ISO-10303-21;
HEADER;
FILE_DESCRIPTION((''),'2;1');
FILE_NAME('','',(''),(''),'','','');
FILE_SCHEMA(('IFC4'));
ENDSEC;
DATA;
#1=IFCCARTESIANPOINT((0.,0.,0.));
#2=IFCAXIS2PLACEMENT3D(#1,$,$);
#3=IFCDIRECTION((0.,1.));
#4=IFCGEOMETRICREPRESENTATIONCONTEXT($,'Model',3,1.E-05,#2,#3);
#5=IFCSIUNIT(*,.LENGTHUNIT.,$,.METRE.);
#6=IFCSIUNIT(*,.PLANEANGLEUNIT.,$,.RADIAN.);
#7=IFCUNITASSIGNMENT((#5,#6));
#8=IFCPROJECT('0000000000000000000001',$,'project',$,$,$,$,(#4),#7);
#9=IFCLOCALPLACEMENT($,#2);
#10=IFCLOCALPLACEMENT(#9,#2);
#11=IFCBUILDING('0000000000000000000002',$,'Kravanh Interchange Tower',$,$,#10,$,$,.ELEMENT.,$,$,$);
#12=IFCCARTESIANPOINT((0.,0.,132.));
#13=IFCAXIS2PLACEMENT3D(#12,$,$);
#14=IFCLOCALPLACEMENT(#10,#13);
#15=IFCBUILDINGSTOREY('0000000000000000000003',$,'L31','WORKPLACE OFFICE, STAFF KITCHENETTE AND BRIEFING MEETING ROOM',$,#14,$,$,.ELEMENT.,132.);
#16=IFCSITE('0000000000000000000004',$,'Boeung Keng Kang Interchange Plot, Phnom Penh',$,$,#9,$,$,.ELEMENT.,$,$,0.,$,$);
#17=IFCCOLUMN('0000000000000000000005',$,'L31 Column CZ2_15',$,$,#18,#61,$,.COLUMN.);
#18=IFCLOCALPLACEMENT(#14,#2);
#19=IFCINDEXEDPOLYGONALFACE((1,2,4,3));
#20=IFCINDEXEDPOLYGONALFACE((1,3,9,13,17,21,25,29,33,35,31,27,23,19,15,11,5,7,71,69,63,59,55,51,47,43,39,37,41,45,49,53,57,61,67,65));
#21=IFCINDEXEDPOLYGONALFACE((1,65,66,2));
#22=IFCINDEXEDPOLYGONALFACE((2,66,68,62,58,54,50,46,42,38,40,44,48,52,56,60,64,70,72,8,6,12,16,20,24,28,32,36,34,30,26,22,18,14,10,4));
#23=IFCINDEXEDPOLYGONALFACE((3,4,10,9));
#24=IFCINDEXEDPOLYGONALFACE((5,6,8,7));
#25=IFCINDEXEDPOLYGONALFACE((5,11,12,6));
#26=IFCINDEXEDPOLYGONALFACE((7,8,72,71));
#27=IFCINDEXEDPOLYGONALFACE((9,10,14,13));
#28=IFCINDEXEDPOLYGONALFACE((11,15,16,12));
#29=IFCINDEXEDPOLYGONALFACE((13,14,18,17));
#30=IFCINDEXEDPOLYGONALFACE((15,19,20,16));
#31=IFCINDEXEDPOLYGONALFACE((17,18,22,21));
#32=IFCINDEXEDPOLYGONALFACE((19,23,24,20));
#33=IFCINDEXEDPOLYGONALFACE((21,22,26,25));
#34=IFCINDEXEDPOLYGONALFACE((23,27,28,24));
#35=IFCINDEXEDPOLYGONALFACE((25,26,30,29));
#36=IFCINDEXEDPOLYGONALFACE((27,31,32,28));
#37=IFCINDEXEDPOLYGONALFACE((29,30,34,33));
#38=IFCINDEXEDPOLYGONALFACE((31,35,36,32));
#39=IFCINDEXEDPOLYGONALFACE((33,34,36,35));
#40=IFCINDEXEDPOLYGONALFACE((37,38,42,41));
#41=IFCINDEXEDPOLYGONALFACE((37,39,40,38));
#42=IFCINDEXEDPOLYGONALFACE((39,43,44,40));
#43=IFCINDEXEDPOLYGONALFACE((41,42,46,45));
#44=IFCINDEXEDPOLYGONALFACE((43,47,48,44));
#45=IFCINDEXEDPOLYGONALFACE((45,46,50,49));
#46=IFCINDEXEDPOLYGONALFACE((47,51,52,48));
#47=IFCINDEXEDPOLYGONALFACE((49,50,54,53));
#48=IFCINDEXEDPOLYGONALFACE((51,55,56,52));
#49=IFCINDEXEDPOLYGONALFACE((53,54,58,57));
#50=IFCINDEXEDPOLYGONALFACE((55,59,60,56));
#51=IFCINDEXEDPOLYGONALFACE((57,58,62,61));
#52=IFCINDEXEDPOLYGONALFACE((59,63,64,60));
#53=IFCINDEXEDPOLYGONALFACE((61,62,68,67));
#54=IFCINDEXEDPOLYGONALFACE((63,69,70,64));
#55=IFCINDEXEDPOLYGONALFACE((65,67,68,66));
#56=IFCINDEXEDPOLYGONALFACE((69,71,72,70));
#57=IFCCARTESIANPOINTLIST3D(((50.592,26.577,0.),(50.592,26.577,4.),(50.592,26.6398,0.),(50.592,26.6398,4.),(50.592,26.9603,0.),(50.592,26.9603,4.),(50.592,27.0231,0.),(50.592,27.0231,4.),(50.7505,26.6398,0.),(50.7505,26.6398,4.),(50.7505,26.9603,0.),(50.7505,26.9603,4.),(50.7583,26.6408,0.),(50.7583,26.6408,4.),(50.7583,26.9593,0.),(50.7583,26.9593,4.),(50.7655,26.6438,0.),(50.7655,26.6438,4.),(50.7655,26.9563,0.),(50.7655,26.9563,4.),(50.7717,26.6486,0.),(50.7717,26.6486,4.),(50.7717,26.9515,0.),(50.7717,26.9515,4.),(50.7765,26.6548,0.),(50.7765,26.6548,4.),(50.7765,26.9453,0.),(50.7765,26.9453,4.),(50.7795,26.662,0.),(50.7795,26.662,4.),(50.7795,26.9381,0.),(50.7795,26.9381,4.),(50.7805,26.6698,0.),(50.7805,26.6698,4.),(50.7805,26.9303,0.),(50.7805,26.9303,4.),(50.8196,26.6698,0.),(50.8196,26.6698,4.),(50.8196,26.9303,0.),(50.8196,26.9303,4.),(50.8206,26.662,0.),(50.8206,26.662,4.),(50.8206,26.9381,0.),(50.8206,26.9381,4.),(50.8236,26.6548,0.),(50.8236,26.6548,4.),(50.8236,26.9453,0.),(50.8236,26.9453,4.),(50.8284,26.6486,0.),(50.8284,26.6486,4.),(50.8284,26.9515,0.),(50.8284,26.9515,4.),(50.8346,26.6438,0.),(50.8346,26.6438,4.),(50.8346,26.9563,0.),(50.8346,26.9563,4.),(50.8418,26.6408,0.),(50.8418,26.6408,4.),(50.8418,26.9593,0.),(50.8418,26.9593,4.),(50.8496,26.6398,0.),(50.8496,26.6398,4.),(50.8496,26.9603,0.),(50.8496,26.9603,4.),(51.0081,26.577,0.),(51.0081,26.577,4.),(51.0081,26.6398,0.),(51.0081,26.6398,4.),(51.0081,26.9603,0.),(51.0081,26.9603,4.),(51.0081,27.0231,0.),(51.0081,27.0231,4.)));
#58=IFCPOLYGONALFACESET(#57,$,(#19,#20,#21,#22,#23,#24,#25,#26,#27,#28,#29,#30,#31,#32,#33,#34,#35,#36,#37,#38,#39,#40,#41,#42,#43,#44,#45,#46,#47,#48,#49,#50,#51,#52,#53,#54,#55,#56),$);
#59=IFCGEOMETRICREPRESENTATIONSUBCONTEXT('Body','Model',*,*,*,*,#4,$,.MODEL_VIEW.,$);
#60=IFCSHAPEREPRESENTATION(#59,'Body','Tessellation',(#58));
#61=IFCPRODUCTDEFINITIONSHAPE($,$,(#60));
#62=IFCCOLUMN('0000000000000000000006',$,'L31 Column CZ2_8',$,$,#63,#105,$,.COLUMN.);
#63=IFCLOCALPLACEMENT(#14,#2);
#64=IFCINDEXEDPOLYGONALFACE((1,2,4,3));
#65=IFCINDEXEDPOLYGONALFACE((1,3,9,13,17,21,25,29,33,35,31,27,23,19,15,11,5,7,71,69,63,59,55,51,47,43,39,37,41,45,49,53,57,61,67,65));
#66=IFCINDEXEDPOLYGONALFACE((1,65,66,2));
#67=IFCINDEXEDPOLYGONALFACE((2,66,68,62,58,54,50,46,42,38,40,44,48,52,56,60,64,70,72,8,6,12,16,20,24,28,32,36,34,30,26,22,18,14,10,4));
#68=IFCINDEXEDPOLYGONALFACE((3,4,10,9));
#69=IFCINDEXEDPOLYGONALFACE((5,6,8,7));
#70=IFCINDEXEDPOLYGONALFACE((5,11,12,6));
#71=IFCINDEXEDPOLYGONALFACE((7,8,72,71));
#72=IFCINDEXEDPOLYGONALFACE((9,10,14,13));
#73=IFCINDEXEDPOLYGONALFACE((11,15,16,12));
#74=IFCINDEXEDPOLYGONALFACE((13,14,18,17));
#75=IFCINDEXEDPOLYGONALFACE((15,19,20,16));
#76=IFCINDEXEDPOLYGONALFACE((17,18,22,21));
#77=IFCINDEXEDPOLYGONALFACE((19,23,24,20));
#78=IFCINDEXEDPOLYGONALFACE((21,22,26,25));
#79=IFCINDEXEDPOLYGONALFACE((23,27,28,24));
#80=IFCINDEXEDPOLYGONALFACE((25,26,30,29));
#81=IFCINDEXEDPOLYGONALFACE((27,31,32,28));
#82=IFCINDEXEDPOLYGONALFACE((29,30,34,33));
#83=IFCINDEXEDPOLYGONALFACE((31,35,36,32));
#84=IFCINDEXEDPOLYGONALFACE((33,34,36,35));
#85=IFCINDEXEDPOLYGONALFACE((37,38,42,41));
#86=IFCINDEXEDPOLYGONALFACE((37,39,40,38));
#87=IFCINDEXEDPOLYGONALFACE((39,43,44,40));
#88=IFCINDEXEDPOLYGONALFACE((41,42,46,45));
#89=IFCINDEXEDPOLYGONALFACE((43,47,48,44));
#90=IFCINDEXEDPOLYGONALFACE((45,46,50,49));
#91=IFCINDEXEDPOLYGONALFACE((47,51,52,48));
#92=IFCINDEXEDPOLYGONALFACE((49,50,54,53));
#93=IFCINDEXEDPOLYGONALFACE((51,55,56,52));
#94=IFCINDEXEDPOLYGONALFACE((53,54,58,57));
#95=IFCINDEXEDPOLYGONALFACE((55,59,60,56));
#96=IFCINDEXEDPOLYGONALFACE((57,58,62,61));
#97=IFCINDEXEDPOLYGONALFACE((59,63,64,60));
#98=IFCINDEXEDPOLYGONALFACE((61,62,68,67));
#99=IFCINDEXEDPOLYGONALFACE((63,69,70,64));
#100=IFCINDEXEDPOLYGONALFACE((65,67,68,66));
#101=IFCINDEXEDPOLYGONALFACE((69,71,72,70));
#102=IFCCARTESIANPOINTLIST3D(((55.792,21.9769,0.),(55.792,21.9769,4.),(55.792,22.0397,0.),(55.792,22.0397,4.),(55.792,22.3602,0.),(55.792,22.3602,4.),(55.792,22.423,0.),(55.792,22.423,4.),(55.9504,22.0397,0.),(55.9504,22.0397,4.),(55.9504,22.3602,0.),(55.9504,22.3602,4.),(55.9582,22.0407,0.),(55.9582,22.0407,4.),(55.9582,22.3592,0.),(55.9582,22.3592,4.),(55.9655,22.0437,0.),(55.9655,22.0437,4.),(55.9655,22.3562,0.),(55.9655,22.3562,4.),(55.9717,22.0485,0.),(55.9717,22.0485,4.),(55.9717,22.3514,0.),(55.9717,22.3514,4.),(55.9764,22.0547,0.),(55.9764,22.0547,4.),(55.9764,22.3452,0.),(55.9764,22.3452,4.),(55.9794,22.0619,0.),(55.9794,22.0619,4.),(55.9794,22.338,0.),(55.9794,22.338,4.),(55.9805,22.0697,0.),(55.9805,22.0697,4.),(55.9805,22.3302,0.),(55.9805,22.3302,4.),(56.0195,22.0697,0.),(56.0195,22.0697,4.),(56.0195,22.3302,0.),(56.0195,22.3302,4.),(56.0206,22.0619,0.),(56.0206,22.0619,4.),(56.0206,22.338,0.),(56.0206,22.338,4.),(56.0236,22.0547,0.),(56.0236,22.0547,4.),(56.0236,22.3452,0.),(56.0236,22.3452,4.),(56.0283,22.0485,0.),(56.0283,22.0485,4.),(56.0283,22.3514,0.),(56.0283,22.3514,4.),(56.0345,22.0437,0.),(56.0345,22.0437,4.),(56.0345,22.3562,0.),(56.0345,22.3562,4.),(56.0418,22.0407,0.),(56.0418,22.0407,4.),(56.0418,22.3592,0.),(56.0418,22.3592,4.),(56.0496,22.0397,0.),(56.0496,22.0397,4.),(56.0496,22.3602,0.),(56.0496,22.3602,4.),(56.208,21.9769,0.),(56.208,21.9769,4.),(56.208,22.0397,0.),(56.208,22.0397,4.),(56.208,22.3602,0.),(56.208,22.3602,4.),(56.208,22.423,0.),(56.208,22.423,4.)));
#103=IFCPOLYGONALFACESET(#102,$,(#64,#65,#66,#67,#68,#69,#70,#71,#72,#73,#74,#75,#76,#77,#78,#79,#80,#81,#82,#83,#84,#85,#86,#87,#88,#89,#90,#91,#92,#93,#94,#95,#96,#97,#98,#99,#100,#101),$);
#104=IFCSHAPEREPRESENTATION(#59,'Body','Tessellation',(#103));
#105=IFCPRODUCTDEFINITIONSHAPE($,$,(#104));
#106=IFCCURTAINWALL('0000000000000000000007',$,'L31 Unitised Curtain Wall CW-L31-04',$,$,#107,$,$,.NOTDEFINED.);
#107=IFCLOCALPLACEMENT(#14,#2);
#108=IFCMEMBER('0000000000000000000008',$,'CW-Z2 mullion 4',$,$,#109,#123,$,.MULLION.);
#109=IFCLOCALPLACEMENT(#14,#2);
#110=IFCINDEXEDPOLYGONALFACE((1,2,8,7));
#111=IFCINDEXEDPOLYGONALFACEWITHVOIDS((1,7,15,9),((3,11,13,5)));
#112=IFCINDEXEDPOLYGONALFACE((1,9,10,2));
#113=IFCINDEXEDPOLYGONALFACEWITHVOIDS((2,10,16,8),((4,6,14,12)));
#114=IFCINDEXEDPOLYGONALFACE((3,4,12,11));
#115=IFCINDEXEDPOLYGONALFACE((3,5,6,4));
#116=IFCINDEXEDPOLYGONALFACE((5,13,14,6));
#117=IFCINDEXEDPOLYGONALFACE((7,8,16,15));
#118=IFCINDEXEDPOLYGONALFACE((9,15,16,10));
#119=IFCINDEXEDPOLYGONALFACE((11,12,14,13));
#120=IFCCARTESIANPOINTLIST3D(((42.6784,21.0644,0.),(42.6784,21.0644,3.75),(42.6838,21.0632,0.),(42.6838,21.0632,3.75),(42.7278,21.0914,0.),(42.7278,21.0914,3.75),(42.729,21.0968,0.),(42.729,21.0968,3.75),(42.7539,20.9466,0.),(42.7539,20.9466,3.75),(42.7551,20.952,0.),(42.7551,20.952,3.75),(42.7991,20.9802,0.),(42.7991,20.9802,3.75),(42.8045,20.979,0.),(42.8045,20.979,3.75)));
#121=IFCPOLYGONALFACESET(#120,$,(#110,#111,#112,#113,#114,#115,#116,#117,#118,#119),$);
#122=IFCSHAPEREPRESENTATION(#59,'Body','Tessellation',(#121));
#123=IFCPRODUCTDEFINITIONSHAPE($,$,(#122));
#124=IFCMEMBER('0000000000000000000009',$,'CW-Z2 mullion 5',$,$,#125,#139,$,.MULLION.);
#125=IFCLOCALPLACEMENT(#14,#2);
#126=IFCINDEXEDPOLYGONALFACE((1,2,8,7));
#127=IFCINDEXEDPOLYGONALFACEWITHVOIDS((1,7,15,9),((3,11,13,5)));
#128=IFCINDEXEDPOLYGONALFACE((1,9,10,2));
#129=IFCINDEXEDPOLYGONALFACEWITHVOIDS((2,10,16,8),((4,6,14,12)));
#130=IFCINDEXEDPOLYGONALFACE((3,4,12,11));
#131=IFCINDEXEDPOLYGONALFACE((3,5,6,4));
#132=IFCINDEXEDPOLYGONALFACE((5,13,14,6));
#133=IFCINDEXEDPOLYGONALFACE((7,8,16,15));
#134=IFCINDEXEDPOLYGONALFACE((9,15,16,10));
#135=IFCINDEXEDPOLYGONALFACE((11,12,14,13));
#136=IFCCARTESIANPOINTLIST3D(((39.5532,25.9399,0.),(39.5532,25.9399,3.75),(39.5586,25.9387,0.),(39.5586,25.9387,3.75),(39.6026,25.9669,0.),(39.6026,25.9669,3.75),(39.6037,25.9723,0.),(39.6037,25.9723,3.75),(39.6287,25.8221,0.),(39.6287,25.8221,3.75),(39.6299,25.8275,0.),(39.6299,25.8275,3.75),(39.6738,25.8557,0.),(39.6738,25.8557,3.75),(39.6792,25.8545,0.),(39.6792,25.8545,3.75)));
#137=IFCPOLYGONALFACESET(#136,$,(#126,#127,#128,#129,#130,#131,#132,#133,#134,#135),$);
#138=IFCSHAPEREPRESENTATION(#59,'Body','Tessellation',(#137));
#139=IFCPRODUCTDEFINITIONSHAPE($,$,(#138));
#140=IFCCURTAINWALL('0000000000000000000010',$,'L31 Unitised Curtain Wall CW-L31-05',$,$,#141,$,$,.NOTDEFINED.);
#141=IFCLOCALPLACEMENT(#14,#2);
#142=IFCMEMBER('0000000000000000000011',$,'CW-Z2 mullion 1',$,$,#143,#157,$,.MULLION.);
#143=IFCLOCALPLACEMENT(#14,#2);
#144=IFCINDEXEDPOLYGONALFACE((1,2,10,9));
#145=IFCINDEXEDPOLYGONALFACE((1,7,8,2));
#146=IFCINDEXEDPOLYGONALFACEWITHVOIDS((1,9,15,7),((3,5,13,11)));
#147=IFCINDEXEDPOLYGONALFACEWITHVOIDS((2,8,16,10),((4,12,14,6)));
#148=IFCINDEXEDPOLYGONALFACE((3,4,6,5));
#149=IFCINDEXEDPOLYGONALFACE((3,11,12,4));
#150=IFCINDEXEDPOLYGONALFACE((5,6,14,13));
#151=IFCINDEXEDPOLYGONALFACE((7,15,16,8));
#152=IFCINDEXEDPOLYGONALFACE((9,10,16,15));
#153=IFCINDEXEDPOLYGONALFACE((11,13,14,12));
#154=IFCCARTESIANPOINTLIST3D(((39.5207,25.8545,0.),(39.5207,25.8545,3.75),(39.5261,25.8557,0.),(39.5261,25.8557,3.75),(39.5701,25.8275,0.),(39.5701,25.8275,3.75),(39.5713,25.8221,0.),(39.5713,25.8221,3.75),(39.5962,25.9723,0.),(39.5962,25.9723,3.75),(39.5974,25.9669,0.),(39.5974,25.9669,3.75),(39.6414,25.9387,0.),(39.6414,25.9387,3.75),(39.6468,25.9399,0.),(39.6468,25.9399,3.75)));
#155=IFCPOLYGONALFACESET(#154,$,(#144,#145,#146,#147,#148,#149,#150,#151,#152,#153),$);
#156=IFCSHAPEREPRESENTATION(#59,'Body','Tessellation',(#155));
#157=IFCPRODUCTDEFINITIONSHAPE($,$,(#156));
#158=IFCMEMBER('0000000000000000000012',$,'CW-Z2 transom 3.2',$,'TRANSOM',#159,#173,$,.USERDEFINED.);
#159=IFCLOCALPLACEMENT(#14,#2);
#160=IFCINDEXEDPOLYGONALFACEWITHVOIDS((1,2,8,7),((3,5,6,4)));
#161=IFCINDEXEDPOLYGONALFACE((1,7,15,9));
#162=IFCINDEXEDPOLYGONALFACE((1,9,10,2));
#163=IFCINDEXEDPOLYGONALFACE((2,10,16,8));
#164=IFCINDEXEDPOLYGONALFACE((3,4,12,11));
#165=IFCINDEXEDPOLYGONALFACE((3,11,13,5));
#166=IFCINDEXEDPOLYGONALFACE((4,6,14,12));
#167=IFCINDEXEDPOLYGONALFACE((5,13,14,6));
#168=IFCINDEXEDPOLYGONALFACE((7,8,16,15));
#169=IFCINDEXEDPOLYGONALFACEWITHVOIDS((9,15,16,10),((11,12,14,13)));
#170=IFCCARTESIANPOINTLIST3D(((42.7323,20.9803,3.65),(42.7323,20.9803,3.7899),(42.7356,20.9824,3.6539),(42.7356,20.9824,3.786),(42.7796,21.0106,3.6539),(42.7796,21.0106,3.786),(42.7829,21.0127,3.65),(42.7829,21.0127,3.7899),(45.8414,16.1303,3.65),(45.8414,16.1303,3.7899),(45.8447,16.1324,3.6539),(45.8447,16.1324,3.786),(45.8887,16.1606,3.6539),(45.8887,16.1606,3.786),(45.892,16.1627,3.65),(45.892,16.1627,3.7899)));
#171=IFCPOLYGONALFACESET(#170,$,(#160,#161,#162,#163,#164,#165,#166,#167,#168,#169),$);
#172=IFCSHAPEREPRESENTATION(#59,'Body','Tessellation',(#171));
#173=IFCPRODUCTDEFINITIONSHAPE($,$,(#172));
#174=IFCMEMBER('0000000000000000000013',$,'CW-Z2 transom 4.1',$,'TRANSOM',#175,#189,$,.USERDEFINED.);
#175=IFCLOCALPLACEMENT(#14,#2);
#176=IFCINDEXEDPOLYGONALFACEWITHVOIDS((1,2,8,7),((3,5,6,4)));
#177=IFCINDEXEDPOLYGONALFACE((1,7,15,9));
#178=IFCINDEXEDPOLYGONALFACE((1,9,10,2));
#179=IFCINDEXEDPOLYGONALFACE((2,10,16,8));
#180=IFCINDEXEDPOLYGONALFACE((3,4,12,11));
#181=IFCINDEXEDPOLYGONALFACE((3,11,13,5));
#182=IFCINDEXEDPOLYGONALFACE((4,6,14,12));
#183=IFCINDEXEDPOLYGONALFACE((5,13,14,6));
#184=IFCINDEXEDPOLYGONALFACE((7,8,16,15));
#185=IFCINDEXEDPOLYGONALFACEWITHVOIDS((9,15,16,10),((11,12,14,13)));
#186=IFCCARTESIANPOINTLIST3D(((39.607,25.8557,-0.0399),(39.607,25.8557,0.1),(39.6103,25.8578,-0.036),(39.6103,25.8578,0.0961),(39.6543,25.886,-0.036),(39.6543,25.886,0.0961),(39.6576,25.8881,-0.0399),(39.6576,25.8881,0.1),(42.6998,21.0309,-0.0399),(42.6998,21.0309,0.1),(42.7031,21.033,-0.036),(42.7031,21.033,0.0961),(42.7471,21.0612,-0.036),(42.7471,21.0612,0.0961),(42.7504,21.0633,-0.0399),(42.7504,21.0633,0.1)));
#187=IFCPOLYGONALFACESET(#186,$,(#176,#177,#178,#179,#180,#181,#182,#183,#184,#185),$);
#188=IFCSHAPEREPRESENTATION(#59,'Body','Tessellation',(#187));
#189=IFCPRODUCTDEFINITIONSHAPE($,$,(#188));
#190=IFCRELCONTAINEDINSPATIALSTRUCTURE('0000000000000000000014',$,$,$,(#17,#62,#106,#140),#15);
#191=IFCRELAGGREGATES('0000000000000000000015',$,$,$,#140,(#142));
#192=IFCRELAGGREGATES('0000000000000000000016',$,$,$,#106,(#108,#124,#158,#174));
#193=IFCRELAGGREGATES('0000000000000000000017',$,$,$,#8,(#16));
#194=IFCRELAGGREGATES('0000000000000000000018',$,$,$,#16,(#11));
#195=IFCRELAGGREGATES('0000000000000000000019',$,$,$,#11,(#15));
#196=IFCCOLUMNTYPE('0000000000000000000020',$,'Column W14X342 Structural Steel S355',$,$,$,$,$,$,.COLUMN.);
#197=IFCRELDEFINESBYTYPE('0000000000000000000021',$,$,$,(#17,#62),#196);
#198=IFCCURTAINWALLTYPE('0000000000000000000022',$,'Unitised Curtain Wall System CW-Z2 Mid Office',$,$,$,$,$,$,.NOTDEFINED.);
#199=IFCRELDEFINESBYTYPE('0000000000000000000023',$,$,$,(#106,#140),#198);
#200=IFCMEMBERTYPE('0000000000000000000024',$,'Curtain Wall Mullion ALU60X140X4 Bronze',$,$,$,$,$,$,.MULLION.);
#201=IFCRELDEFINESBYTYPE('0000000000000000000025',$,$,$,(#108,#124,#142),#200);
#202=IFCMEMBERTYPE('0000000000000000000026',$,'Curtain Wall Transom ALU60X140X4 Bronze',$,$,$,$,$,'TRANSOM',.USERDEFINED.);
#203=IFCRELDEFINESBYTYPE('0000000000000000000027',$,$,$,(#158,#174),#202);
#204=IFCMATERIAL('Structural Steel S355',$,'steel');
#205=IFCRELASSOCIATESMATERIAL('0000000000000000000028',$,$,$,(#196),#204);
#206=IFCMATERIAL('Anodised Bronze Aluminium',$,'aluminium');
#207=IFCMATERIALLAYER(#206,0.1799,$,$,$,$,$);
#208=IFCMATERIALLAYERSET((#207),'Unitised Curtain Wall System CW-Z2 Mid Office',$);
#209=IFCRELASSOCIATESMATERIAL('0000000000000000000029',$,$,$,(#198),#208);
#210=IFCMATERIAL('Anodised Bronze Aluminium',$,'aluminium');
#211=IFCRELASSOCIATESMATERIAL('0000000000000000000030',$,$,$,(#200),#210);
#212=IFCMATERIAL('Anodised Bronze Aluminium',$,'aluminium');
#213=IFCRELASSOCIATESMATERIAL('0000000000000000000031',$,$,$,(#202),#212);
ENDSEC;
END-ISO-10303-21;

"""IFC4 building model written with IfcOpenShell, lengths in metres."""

from ifc_helpers import new_model, si_unit, direction, frame, origin, origin_2d, place, context, subcontext, project, spatial, hollow_rectangle, i_section, extrude, material, layer, layer_set, material_profile, profile_set, type_object, element, aggregate, save


model = new_model("IFC4")

# Units and contexts
model_context = context("Model", 3, precision=1e-05, world=origin(), true_north=direction((0.0, 1.0)))
body_context = subcontext(model_context, "Body", "Model", "MODEL_VIEW")
ifc_project = project(units=[si_unit("LENGTHUNIT", "METRE"), si_unit("PLANEANGLEUNIT", "RADIAN")], contexts=[model_context])

# Site, building, storey
site_placement = place(None, origin())
site = spatial("IfcSite", under=ifc_project, at=site_placement, Name="Boeung Keng Kang Interchange Plot, Phnom Penh", CompositionType="ELEMENT", RefElevation=0.0)
building_placement = place(site_placement, origin())
building = spatial("IfcBuilding", under=site, at=building_placement, Name="Kravanh Interchange Tower", CompositionType="ELEMENT")
storey_placement = place(building_placement, frame((0.0, 0.0, 132.0)))
storey = spatial("IfcBuildingStorey", under=building, at=storey_placement, Name="L31", Description="WORKPLACE OFFICE, STAFF KITCHENETTE AND BRIEFING MEETING ROOM", CompositionType="ELEMENT", Elevation=132.0)

# Columns
ifc_material_1 = material(Name="Structural Steel S355", Category="steel")
ifc_material_profile_1 = material_profile(ifc_material_1, i_section(OverallWidth=0.416, OverallDepth=0.446, WebThickness=0.0391, FlangeThickness=0.0627, FilletRadius=0.03, at=origin_2d()), Name="W14X342")
ifc_profile_set_1 = profile_set([ifc_material_profile_1], Name="Structural Steel S355")
column_type = type_object("IfcColumnType", Name="Column W14X342 Structural Steel S355", PredefinedType="COLUMN", material=ifc_profile_set_1)
for number, where, z_axis, x_axis, name in (
    (1, (50.8, 26.8, 0.0), (0.0, 0.0, 1.0), (1.0, 0.0, 0.0), "L31 Column CZ2_15"),
    (2, (56.0, 22.2, 0.0), (0.0, 0.0, 1.0), (1.0, 0.0, 0.0), "L31 Column CZ2_8"),
):
    element("IfcColumn", number, at=place(storey_placement, frame(where, z_axis=z_axis, x_axis=x_axis)), inside=storey, type_object=column_type, Name=name, PredefinedType="COLUMN", context=body_context, shape_type="SweptSolid", body=[
        extrude(i_section(OverallWidth=0.416, OverallDepth=0.446, WebThickness=0.0391, FlangeThickness=0.0627, FilletRadius=0.03, at=origin_2d()), origin(), (0.0, 0.0, 1.0), 4.0),
    ])

# Curtain wall, members
ifc_material_2 = material(Name="Anodised Bronze Aluminium", Category="aluminium")
ifc_layer_1 = layer(ifc_material_2, 0.1799)
ifc_layer_set_1 = layer_set([ifc_layer_1], Name="Unitised Curtain Wall System CW-Z2 Mid Office")
curtain_wall_type = type_object("IfcCurtainWallType", Name="Unitised Curtain Wall System CW-Z2 Mid Office", PredefinedType="NOTDEFINED", material=ifc_layer_set_1)
curtain_wall_1_placement = place(storey_placement, origin())
curtain_wall_1 = element("IfcCurtainWall", 3, at=curtain_wall_1_placement, inside=storey, type_object=curtain_wall_type, Name="L31 Unitised Curtain Wall CW-L31-04", PredefinedType="NOTDEFINED")
ifc_material_3 = material(Name="Anodised Bronze Aluminium", Category="aluminium")
ifc_material_profile_2 = material_profile(ifc_material_3, hollow_rectangle(XDim=0.0601, YDim=0.1399, WallThickness=0.0039, at=origin_2d()), Name="ALU60X140X4")
ifc_profile_set_2 = profile_set([ifc_material_profile_2], Name="Anodised Bronze Aluminium")
member_type_1 = type_object("IfcMemberType", Name="Curtain Wall Mullion ALU60X140X4 Bronze", PredefinedType="MULLION", material=ifc_profile_set_2)
member_1_placement = place(storey_placement, frame((42.7415, 21.0217, 0.0), z_axis=(0.0, 0.0, 1.0), x_axis=(-0.84188, -0.539665, 0.0)))
member_1 = element("IfcMember", 4, at=member_1_placement, type_object=member_type_1, Name="CW-Z2 mullion 4", PredefinedType="MULLION", context=body_context, shape_type="SweptSolid", body=[
    extrude(hollow_rectangle(XDim=0.0601, YDim=0.1399, WallThickness=0.0039, at=origin_2d()), origin(), (0.0, 0.0, 1.0), 3.75),
])
member_2_placement = place(storey_placement, frame((39.6162, 25.8972, 0.0), z_axis=(0.0, 0.0, 1.0), x_axis=(-0.84188, -0.539665, 0.0)))
member_2 = element("IfcMember", 5, at=member_2_placement, type_object=member_type_1, Name="CW-Z2 mullion 5", PredefinedType="MULLION", context=body_context, shape_type="SweptSolid", body=[
    extrude(hollow_rectangle(XDim=0.0601, YDim=0.1399, WallThickness=0.0039, at=origin_2d()), origin(), (0.0, 0.0, 1.0), 3.75),
])

# Curtain wall, member
curtain_wall_2_placement = place(storey_placement, origin())
curtain_wall_2 = element("IfcCurtainWall", 6, at=curtain_wall_2_placement, inside=storey, type_object=curtain_wall_type, Name="L31 Unitised Curtain Wall CW-L31-05", PredefinedType="NOTDEFINED")
member_3_placement = place(storey_placement, frame((39.5837, 25.8972, 0.0), z_axis=(0.0, 0.0, 1.0), x_axis=(0.84188, -0.539665, 0.0)))
member_3 = element("IfcMember", 7, at=member_3_placement, type_object=member_type_1, Name="CW-Z2 mullion 1", PredefinedType="MULLION", context=body_context, shape_type="SweptSolid", body=[
    extrude(hollow_rectangle(XDim=0.0601, YDim=0.1399, WallThickness=0.0039, at=origin_2d()), origin(), (0.0, 0.0, 1.0), 3.75),
])

# Members
ifc_material_4 = material(Name="Anodised Bronze Aluminium", Category="aluminium")
ifc_material_profile_3 = material_profile(ifc_material_4, hollow_rectangle(XDim=0.0601, YDim=0.1399, WallThickness=0.0039, at=origin_2d()), Name="ALU60X140X4")
ifc_profile_set_3 = profile_set([ifc_material_profile_3], Name="Anodised Bronze Aluminium")
member_type_2 = type_object("IfcMemberType", Name="Curtain Wall Transom ALU60X140X4 Bronze", ElementType="TRANSOM", PredefinedType="USERDEFINED", material=ifc_profile_set_3)
member_4_placement = place(storey_placement, frame((45.8667, 16.1465, 3.72), z_axis=(-0.539678, 0.841872, 0.0), x_axis=(-0.841872, -0.539678, 0.0)))
member_4 = element("IfcMember", 8, at=member_4_placement, type_object=member_type_2, Name="CW-Z2 transom 3.2", ObjectType="TRANSOM", PredefinedType="USERDEFINED", context=body_context, shape_type="SweptSolid", body=[
    extrude(hollow_rectangle(XDim=0.0601, YDim=0.1399, WallThickness=0.0039, at=origin_2d()), origin(), (0.0, 0.0, 1.0), 5.761),
])
member_5_placement = place(storey_placement, frame((42.7251, 21.0471, 0.03), z_axis=(-0.539668, 0.841878, 0.0), x_axis=(-0.841878, -0.539668, 0.0)))
member_5 = element("IfcMember", 9, at=member_5_placement, type_object=member_type_2, Name="CW-Z2 transom 4.1", ObjectType="TRANSOM", PredefinedType="USERDEFINED", context=body_context, shape_type="SweptSolid", body=[
    extrude(hollow_rectangle(XDim=0.0601, YDim=0.1399, WallThickness=0.0039, at=origin_2d()), origin(), (0.0, 0.0, 1.0), 5.731),
])
aggregate(curtain_wall_2, [member_3])

aggregate(curtain_wall_1, [member_1, member_2, member_4, member_5])

save(model, "model.ifc")
